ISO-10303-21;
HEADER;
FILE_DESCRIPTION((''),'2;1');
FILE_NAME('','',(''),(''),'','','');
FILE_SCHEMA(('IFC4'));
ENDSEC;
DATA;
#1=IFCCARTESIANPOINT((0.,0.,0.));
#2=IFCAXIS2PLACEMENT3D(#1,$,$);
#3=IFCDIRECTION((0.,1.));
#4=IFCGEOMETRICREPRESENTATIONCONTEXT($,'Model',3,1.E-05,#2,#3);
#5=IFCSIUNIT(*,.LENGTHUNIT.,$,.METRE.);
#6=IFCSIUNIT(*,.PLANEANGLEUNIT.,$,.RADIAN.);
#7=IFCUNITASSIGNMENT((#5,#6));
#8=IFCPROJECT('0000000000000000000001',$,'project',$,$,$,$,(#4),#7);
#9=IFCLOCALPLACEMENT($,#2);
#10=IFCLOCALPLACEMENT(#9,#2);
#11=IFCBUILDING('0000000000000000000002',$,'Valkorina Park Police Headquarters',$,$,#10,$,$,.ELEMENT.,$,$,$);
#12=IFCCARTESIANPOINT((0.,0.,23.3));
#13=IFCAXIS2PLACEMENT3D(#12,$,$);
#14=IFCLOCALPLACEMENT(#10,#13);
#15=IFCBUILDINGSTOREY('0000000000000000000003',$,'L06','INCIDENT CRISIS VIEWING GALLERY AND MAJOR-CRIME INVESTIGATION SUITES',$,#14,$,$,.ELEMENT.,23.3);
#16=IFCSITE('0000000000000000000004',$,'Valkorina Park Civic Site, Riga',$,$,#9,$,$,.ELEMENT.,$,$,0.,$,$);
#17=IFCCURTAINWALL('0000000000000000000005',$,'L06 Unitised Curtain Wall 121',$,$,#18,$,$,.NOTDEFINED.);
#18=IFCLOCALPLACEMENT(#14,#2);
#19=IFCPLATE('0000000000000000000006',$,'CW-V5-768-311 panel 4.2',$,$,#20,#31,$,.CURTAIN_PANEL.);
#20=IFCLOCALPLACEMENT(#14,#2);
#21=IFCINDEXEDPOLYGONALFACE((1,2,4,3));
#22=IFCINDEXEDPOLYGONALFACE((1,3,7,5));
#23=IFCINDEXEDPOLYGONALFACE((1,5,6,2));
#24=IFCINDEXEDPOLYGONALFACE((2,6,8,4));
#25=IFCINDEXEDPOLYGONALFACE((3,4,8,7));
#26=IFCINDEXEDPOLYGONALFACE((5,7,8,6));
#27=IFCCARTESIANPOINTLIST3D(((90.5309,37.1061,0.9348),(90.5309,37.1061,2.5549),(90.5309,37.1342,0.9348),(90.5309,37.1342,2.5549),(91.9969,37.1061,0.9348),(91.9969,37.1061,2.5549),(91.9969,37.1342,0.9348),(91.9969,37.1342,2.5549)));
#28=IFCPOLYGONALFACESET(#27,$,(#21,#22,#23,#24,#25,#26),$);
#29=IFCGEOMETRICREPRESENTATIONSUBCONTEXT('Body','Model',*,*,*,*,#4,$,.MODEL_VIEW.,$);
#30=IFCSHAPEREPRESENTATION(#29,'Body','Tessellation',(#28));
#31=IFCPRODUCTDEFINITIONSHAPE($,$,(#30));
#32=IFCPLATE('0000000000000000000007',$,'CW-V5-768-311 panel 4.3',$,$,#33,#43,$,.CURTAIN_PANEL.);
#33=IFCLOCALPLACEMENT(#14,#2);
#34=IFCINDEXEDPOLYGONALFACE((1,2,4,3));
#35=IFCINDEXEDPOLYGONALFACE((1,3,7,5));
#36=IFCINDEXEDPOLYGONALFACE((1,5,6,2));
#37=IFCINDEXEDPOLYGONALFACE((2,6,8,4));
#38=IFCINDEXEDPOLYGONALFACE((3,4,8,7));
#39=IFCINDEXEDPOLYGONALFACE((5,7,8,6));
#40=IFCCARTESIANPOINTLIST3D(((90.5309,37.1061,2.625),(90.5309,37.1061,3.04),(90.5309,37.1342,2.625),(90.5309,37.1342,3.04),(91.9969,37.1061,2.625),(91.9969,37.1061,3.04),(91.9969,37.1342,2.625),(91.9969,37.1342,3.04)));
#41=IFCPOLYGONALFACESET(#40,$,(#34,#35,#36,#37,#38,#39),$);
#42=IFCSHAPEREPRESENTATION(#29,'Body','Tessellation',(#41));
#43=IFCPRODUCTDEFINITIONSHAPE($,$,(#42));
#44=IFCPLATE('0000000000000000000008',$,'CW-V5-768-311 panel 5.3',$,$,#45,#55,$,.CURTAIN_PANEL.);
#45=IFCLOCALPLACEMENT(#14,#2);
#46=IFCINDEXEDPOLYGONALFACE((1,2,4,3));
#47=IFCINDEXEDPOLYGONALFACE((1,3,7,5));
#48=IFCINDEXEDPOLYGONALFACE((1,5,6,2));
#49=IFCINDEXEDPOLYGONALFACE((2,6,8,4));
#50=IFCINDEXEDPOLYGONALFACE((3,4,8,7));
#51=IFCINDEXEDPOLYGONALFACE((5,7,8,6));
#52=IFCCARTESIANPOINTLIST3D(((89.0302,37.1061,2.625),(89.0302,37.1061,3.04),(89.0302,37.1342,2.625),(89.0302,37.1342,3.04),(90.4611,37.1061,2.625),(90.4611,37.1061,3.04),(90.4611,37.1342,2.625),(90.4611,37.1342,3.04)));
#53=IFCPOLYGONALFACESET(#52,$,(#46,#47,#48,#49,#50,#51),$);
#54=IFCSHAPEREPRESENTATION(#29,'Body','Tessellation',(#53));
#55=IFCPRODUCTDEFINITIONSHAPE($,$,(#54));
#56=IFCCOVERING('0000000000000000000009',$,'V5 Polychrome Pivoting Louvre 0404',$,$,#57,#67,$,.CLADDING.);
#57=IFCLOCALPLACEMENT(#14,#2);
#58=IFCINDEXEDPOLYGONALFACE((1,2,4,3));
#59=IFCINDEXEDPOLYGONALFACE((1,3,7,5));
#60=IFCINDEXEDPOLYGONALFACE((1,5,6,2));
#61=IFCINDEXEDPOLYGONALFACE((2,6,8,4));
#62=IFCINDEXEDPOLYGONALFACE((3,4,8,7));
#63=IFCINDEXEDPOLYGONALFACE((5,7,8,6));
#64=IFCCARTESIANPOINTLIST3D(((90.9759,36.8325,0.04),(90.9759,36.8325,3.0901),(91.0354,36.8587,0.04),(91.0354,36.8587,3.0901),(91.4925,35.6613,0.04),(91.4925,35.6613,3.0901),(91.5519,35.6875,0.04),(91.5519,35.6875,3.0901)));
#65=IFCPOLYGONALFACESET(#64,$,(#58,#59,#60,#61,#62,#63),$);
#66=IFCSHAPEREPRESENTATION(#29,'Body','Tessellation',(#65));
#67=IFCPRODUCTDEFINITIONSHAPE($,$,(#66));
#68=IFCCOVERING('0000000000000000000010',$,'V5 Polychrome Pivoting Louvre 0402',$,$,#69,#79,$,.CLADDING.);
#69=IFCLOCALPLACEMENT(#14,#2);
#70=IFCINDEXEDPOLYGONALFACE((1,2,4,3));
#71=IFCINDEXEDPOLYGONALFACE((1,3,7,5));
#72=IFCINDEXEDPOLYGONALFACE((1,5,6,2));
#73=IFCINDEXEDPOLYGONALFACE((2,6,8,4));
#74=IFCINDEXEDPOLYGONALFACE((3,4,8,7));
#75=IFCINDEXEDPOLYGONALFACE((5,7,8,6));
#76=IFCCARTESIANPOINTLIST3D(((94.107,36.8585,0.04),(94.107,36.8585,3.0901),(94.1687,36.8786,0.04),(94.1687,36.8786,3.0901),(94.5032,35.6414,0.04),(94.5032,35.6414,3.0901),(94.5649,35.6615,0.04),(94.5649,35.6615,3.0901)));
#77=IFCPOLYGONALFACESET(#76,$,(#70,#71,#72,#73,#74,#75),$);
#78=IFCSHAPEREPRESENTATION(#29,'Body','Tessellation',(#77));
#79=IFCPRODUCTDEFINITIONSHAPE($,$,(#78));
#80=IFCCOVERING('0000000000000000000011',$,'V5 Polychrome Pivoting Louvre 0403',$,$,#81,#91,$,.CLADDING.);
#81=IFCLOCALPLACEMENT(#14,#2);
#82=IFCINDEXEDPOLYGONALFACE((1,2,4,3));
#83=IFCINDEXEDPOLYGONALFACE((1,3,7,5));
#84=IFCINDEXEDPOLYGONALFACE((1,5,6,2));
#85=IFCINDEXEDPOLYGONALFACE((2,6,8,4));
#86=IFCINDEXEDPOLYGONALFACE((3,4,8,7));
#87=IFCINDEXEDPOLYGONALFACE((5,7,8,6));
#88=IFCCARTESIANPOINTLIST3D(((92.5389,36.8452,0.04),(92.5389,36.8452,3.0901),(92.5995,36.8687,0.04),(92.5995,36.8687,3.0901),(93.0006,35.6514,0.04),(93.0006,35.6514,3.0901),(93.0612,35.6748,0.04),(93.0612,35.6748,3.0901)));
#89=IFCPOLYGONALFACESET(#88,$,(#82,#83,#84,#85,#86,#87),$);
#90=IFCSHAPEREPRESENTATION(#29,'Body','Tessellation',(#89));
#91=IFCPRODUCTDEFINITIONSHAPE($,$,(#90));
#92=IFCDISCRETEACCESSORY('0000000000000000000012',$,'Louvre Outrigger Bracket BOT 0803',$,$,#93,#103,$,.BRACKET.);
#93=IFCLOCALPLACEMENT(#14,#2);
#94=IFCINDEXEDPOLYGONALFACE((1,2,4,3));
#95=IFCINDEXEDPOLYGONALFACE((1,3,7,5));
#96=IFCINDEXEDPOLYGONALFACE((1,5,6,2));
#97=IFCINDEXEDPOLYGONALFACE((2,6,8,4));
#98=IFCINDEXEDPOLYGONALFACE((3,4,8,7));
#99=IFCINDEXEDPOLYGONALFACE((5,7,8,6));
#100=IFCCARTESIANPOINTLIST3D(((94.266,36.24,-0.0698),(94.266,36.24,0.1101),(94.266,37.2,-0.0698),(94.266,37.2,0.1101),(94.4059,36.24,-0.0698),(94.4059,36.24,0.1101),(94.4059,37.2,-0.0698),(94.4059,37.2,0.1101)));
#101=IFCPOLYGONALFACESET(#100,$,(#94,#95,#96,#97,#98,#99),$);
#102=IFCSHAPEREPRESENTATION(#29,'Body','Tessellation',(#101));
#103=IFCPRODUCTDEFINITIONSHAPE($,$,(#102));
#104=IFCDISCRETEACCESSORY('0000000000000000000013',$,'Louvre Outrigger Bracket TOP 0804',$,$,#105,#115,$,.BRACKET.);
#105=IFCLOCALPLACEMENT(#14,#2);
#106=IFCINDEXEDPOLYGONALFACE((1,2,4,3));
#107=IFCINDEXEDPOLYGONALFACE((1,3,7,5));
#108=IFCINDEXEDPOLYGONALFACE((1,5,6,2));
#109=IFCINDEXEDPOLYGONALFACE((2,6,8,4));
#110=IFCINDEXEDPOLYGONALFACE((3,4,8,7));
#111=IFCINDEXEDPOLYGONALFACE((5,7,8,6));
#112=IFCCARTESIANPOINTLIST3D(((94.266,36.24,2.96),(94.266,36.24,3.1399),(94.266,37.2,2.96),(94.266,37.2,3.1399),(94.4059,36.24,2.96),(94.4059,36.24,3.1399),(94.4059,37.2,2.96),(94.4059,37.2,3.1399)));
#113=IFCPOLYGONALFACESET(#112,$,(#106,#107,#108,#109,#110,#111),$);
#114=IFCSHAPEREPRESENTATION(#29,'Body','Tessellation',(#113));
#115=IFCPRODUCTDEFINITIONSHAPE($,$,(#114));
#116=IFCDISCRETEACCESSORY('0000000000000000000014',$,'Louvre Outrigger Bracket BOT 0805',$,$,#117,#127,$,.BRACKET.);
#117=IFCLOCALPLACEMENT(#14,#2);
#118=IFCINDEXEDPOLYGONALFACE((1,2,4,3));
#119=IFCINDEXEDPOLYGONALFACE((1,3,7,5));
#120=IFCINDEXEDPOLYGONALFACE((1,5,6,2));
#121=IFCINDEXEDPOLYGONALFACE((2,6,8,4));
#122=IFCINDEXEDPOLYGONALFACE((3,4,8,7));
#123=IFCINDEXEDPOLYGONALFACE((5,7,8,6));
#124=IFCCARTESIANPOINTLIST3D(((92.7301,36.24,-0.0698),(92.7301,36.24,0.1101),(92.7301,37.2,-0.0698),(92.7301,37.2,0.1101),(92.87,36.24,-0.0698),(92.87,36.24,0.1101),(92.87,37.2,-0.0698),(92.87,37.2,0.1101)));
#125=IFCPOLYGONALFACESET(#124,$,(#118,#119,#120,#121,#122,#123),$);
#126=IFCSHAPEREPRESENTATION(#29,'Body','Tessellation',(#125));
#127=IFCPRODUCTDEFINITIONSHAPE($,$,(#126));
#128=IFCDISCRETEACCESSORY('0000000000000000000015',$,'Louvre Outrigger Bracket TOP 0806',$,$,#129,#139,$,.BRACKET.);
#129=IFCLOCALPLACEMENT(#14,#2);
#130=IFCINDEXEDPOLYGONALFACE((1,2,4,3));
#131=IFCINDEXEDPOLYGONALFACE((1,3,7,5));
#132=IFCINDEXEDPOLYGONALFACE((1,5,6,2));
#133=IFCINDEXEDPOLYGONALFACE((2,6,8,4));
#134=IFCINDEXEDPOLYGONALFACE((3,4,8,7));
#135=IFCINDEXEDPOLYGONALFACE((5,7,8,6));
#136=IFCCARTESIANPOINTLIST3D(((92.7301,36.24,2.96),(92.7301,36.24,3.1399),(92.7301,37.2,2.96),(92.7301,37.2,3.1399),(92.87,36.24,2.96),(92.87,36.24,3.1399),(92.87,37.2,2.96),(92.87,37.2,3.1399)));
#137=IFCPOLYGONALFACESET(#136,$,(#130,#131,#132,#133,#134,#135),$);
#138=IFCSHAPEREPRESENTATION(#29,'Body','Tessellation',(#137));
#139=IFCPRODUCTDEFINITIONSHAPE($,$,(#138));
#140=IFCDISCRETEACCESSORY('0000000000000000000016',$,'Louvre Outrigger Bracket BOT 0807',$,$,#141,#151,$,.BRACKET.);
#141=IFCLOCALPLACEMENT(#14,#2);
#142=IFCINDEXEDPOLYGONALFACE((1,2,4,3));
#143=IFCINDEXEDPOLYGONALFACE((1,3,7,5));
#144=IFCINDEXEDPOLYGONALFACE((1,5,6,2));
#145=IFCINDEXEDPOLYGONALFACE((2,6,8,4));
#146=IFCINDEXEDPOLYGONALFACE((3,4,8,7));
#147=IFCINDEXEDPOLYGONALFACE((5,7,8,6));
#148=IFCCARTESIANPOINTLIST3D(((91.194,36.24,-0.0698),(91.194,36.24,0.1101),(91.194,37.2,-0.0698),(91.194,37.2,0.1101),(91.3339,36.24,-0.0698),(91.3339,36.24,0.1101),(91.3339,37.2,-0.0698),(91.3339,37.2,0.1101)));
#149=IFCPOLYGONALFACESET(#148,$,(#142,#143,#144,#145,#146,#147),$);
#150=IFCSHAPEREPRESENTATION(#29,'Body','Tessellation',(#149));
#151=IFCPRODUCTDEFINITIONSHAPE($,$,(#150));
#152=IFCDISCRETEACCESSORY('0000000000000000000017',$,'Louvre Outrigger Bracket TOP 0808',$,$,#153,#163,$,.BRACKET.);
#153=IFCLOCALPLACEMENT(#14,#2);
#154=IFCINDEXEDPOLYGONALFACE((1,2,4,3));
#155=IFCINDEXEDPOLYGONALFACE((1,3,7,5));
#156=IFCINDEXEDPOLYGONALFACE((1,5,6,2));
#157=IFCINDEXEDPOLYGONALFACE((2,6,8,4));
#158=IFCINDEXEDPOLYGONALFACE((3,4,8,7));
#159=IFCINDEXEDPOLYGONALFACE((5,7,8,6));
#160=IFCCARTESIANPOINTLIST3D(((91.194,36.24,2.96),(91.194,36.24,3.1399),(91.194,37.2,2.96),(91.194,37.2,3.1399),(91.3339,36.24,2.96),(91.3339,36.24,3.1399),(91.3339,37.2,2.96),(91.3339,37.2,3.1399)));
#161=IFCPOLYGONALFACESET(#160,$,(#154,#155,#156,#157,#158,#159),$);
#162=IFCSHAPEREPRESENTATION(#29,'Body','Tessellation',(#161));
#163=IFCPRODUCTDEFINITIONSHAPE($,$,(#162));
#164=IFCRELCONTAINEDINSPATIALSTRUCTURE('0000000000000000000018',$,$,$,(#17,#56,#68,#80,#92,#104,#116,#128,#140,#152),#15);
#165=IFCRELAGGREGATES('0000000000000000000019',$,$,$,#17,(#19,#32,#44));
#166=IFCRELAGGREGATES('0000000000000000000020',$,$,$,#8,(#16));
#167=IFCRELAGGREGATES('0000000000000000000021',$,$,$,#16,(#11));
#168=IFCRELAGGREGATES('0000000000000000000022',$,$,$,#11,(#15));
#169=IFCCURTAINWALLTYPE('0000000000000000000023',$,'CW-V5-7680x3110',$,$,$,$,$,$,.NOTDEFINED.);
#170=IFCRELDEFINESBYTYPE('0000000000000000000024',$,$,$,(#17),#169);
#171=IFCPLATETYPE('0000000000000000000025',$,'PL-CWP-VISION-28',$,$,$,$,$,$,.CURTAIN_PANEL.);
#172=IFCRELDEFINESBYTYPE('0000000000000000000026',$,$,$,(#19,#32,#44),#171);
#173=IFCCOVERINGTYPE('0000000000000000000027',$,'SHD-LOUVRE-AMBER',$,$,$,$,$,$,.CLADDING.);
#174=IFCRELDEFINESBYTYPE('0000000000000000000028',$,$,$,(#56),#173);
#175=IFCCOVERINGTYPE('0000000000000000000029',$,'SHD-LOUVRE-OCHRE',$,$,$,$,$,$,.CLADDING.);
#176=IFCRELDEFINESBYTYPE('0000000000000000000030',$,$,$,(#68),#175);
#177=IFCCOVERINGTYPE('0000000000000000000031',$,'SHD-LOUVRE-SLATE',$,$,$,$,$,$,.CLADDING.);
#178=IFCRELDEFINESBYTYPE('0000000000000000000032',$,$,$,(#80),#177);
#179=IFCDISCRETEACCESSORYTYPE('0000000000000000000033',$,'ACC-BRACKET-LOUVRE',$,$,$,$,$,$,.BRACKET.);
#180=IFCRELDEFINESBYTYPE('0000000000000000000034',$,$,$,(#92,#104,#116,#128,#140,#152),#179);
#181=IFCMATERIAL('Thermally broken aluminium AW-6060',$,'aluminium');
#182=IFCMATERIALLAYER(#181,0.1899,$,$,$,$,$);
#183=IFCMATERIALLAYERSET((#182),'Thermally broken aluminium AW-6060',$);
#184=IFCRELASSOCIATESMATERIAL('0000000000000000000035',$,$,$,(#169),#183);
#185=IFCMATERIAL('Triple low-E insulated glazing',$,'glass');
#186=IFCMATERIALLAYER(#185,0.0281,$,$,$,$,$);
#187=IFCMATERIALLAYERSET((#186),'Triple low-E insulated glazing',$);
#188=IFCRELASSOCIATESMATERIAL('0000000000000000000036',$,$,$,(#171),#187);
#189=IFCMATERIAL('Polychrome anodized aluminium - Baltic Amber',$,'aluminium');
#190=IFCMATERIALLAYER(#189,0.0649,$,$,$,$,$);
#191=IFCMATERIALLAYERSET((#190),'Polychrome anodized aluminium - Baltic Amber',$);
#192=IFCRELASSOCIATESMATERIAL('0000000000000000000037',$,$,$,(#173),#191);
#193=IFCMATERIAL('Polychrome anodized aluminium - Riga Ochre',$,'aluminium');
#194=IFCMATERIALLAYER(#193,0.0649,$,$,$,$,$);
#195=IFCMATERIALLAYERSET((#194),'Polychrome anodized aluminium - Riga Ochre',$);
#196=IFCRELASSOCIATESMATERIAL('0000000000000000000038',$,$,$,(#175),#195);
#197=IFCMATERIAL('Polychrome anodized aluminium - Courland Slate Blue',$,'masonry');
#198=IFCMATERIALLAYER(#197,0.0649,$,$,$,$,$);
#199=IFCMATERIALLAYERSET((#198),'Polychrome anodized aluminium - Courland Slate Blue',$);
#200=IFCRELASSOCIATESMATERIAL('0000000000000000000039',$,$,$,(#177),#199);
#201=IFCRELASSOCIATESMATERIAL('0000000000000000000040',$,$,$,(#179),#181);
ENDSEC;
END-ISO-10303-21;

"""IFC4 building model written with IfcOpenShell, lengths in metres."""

from ifc_helpers import new_model, si_unit, direction, frame, origin, origin_2d, place, context, subcontext, project, spatial, rectangle, extrude, material, layer, layer_set, type_object, element, aggregate, save


model = new_model("IFC4")

# Units and contexts
model_context = context("Model", 3, precision=1e-05, world=origin(), true_north=direction((0.0, 1.0)))
body_context = subcontext(model_context, "Body", "Model", "MODEL_VIEW")
ifc_project = project(units=[si_unit("LENGTHUNIT", "METRE"), si_unit("PLANEANGLEUNIT", "RADIAN")], contexts=[model_context])

# Site, building, storey
site_placement = place(None, origin())
site = spatial("IfcSite", under=ifc_project, at=site_placement, Name="Valkorina Park Civic Site, Riga", CompositionType="ELEMENT", RefElevation=0.0)
building_placement = place(site_placement, origin())
building = spatial("IfcBuilding", under=site, at=building_placement, Name="Valkorina Park Police Headquarters", CompositionType="ELEMENT")
storey_placement = place(building_placement, frame((0.0, 0.0, 23.3)))
storey = spatial("IfcBuildingStorey", under=building, at=storey_placement, Name="L06", Description="INCIDENT CRISIS VIEWING GALLERY AND MAJOR-CRIME INVESTIGATION SUITES", CompositionType="ELEMENT", Elevation=23.3)

# Curtain wall, plates
ifc_material_1 = material(Name="Thermally broken aluminium AW-6060", Category="aluminium")
ifc_layer_1 = layer(ifc_material_1, 0.1899)
ifc_layer_set_1 = layer_set([ifc_layer_1], Name="Thermally broken aluminium AW-6060")
curtain_wall_type = type_object("IfcCurtainWallType", Name="CW-V5-7680x3110", PredefinedType="NOTDEFINED", material=ifc_layer_set_1)
curtain_wall_placement = place(storey_placement, origin())
curtain_wall = element("IfcCurtainWall", 1, at=curtain_wall_placement, inside=storey, type_object=curtain_wall_type, Name="L06 Unitised Curtain Wall 121", PredefinedType="NOTDEFINED")
ifc_material_2 = material(Name="Triple low-E insulated glazing", Category="glass")
ifc_layer_2 = layer(ifc_material_2, 0.0281)
ifc_layer_set_2 = layer_set([ifc_layer_2], Name="Triple low-E insulated glazing")
plate_type_1 = type_object("IfcPlateType", Name="PL-CWP-VISION-28", PredefinedType="CURTAIN_PANEL", material=ifc_layer_set_2)
plate_1_placement = place(storey_placement, frame((91.2639, 37.1201, 0.9348), z_axis=(0.0, 0.0, 1.0), x_axis=(-1.0, 0.0, 0.0)))
plate_1 = element("IfcPlate", 2, at=plate_1_placement, type_object=plate_type_1, Name="CW-V5-768-311 panel 4.2", PredefinedType="CURTAIN_PANEL", context=body_context, shape_type="SweptSolid", body=[
    extrude(rectangle(XDim=1.4661, YDim=0.0281, at=origin_2d()), origin(), (0.0, 0.0, 1.0), 1.6201),
])
plate_2_placement = place(storey_placement, frame((91.2639, 37.1201, 2.625), z_axis=(0.0, 0.0, 1.0), x_axis=(-1.0, 0.0, 0.0)))
plate_2 = element("IfcPlate", 3, at=plate_2_placement, type_object=plate_type_1, Name="CW-V5-768-311 panel 4.3", PredefinedType="CURTAIN_PANEL", context=body_context, shape_type="SweptSolid", body=[
    extrude(rectangle(XDim=1.4661, YDim=0.0281, at=origin_2d()), origin(), (0.0, 0.0, 1.0), 0.415),
])
plate_3_placement = place(storey_placement, frame((89.7456, 37.1201, 2.625), z_axis=(0.0, 0.0, 1.0), x_axis=(-1.0, 0.0, 0.0)))
plate_3 = element("IfcPlate", 4, at=plate_3_placement, type_object=plate_type_1, Name="CW-V5-768-311 panel 5.3", PredefinedType="CURTAIN_PANEL", context=body_context, shape_type="SweptSolid", body=[
    extrude(rectangle(XDim=1.4309, YDim=0.0281, at=origin_2d()), origin(), (0.0, 0.0, 1.0), 0.415),
])
aggregate(curtain_wall, [plate_1, plate_2, plate_3])

# Coverings
ifc_material_3 = material(Name="Polychrome anodized aluminium - Baltic Amber", Category="aluminium")
ifc_layer_3 = layer(ifc_material_3, 0.0649)
ifc_layer_set_3 = layer_set([ifc_layer_3], Name="Polychrome anodized aluminium - Baltic Amber")
covering_type_1 = type_object("IfcCoveringType", Name="SHD-LOUVRE-AMBER", PredefinedType="CLADDING", material=ifc_layer_set_3)
covering_1_placement = place(storey_placement, frame((91.2639, 36.26, 0.04), z_axis=(0.0, 0.0, 1.0), x_axis=(0.403545, -0.91496, 0.0)))
element("IfcCovering", 5, at=covering_1_placement, inside=storey, type_object=covering_type_1, Name="V5 Polychrome Pivoting Louvre 0404", PredefinedType="CLADDING", context=body_context, shape_type="SweptSolid", body=[
    extrude(rectangle(XDim=1.28, YDim=0.0649, at=origin_2d()), origin(), (0.0, 0.0, 1.0), 3.05),
])
ifc_material_4 = material(Name="Polychrome anodized aluminium - Riga Ochre", Category="aluminium")
ifc_layer_4 = layer(ifc_material_4, 0.0649)
ifc_layer_set_4 = layer_set([ifc_layer_4], Name="Polychrome anodized aluminium - Riga Ochre")
covering_type_2 = type_object("IfcCoveringType", Name="SHD-LOUVRE-OCHRE", PredefinedType="CLADDING", material=ifc_layer_set_4)
covering_2_placement = place(storey_placement, frame((94.3359, 36.26, 0.04), z_axis=(0.0, 0.0, 1.0), x_axis=(0.309515, -0.950895, 0.0)))
element("IfcCovering", 6, at=covering_2_placement, inside=storey, type_object=covering_type_2, Name="V5 Polychrome Pivoting Louvre 0402", PredefinedType="CLADDING", context=body_context, shape_type="SweptSolid", body=[
    extrude(rectangle(XDim=1.28, YDim=0.0649, at=origin_2d()), origin(), (0.0, 0.0, 1.0), 3.05),
])
ifc_material_5 = material(Name="Polychrome anodized aluminium - Courland Slate Blue", Category="masonry")
ifc_layer_5 = layer(ifc_material_5, 0.0649)
ifc_layer_set_5 = layer_set([ifc_layer_5], Name="Polychrome anodized aluminium - Courland Slate Blue")
covering_type_3 = type_object("IfcCoveringType", Name="SHD-LOUVRE-SLATE", PredefinedType="CLADDING", material=ifc_layer_set_5)
covering_3_placement = place(storey_placement, frame((92.8, 36.26, 0.04), z_axis=(0.0, 0.0, 1.0), x_axis=(0.360648, -0.932702, 0.0)))
element("IfcCovering", 7, at=covering_3_placement, inside=storey, type_object=covering_type_3, Name="V5 Polychrome Pivoting Louvre 0403", PredefinedType="CLADDING", context=body_context, shape_type="SweptSolid", body=[
    extrude(rectangle(XDim=1.28, YDim=0.0649, at=origin_2d()), origin(), (0.0, 0.0, 1.0), 3.05),
])

# Discrete accessories
discrete_accessory_type = type_object("IfcDiscreteAccessoryType", Name="ACC-BRACKET-LOUVRE", PredefinedType="BRACKET", material=ifc_material_1)
for number, where, z_axis, x_axis, name in (
    (8, (94.3359, 36.72, -0.0698), (0.0, 0.0, 1.0), (0.0, -1.0, 0.0), "Louvre Outrigger Bracket BOT 0803"),
    (9, (94.3359, 36.72, 2.96), (0.0, 0.0, 1.0), (0.0, -1.0, 0.0), "Louvre Outrigger Bracket TOP 0804"),
    (10, (92.8, 36.72, -0.0698), (0.0, 0.0, 1.0), (0.0, -1.0, 0.0), "Louvre Outrigger Bracket BOT 0805"),
    (11, (92.8, 36.72, 2.96), (0.0, 0.0, 1.0), (0.0, -1.0, 0.0), "Louvre Outrigger Bracket TOP 0806"),
    (12, (91.2639, 36.72, -0.0698), (0.0, 0.0, 1.0), (0.0, -1.0, 0.0), "Louvre Outrigger Bracket BOT 0807"),
    (13, (91.2639, 36.72, 2.96), (0.0, 0.0, 1.0), (0.0, -1.0, 0.0), "Louvre Outrigger Bracket TOP 0808"),
):
    element("IfcDiscreteAccessory", number, at=place(storey_placement, frame(where, z_axis=z_axis, x_axis=x_axis)), inside=storey, type_object=discrete_accessory_type, Name=name, PredefinedType="BRACKET", context=body_context, shape_type="SweptSolid", body=[
        extrude(rectangle(XDim=0.96, YDim=0.1399, at=origin_2d()), origin(), (0.0, 0.0, 1.0), 0.1799),
    ])

save(model, "model.ifc")
